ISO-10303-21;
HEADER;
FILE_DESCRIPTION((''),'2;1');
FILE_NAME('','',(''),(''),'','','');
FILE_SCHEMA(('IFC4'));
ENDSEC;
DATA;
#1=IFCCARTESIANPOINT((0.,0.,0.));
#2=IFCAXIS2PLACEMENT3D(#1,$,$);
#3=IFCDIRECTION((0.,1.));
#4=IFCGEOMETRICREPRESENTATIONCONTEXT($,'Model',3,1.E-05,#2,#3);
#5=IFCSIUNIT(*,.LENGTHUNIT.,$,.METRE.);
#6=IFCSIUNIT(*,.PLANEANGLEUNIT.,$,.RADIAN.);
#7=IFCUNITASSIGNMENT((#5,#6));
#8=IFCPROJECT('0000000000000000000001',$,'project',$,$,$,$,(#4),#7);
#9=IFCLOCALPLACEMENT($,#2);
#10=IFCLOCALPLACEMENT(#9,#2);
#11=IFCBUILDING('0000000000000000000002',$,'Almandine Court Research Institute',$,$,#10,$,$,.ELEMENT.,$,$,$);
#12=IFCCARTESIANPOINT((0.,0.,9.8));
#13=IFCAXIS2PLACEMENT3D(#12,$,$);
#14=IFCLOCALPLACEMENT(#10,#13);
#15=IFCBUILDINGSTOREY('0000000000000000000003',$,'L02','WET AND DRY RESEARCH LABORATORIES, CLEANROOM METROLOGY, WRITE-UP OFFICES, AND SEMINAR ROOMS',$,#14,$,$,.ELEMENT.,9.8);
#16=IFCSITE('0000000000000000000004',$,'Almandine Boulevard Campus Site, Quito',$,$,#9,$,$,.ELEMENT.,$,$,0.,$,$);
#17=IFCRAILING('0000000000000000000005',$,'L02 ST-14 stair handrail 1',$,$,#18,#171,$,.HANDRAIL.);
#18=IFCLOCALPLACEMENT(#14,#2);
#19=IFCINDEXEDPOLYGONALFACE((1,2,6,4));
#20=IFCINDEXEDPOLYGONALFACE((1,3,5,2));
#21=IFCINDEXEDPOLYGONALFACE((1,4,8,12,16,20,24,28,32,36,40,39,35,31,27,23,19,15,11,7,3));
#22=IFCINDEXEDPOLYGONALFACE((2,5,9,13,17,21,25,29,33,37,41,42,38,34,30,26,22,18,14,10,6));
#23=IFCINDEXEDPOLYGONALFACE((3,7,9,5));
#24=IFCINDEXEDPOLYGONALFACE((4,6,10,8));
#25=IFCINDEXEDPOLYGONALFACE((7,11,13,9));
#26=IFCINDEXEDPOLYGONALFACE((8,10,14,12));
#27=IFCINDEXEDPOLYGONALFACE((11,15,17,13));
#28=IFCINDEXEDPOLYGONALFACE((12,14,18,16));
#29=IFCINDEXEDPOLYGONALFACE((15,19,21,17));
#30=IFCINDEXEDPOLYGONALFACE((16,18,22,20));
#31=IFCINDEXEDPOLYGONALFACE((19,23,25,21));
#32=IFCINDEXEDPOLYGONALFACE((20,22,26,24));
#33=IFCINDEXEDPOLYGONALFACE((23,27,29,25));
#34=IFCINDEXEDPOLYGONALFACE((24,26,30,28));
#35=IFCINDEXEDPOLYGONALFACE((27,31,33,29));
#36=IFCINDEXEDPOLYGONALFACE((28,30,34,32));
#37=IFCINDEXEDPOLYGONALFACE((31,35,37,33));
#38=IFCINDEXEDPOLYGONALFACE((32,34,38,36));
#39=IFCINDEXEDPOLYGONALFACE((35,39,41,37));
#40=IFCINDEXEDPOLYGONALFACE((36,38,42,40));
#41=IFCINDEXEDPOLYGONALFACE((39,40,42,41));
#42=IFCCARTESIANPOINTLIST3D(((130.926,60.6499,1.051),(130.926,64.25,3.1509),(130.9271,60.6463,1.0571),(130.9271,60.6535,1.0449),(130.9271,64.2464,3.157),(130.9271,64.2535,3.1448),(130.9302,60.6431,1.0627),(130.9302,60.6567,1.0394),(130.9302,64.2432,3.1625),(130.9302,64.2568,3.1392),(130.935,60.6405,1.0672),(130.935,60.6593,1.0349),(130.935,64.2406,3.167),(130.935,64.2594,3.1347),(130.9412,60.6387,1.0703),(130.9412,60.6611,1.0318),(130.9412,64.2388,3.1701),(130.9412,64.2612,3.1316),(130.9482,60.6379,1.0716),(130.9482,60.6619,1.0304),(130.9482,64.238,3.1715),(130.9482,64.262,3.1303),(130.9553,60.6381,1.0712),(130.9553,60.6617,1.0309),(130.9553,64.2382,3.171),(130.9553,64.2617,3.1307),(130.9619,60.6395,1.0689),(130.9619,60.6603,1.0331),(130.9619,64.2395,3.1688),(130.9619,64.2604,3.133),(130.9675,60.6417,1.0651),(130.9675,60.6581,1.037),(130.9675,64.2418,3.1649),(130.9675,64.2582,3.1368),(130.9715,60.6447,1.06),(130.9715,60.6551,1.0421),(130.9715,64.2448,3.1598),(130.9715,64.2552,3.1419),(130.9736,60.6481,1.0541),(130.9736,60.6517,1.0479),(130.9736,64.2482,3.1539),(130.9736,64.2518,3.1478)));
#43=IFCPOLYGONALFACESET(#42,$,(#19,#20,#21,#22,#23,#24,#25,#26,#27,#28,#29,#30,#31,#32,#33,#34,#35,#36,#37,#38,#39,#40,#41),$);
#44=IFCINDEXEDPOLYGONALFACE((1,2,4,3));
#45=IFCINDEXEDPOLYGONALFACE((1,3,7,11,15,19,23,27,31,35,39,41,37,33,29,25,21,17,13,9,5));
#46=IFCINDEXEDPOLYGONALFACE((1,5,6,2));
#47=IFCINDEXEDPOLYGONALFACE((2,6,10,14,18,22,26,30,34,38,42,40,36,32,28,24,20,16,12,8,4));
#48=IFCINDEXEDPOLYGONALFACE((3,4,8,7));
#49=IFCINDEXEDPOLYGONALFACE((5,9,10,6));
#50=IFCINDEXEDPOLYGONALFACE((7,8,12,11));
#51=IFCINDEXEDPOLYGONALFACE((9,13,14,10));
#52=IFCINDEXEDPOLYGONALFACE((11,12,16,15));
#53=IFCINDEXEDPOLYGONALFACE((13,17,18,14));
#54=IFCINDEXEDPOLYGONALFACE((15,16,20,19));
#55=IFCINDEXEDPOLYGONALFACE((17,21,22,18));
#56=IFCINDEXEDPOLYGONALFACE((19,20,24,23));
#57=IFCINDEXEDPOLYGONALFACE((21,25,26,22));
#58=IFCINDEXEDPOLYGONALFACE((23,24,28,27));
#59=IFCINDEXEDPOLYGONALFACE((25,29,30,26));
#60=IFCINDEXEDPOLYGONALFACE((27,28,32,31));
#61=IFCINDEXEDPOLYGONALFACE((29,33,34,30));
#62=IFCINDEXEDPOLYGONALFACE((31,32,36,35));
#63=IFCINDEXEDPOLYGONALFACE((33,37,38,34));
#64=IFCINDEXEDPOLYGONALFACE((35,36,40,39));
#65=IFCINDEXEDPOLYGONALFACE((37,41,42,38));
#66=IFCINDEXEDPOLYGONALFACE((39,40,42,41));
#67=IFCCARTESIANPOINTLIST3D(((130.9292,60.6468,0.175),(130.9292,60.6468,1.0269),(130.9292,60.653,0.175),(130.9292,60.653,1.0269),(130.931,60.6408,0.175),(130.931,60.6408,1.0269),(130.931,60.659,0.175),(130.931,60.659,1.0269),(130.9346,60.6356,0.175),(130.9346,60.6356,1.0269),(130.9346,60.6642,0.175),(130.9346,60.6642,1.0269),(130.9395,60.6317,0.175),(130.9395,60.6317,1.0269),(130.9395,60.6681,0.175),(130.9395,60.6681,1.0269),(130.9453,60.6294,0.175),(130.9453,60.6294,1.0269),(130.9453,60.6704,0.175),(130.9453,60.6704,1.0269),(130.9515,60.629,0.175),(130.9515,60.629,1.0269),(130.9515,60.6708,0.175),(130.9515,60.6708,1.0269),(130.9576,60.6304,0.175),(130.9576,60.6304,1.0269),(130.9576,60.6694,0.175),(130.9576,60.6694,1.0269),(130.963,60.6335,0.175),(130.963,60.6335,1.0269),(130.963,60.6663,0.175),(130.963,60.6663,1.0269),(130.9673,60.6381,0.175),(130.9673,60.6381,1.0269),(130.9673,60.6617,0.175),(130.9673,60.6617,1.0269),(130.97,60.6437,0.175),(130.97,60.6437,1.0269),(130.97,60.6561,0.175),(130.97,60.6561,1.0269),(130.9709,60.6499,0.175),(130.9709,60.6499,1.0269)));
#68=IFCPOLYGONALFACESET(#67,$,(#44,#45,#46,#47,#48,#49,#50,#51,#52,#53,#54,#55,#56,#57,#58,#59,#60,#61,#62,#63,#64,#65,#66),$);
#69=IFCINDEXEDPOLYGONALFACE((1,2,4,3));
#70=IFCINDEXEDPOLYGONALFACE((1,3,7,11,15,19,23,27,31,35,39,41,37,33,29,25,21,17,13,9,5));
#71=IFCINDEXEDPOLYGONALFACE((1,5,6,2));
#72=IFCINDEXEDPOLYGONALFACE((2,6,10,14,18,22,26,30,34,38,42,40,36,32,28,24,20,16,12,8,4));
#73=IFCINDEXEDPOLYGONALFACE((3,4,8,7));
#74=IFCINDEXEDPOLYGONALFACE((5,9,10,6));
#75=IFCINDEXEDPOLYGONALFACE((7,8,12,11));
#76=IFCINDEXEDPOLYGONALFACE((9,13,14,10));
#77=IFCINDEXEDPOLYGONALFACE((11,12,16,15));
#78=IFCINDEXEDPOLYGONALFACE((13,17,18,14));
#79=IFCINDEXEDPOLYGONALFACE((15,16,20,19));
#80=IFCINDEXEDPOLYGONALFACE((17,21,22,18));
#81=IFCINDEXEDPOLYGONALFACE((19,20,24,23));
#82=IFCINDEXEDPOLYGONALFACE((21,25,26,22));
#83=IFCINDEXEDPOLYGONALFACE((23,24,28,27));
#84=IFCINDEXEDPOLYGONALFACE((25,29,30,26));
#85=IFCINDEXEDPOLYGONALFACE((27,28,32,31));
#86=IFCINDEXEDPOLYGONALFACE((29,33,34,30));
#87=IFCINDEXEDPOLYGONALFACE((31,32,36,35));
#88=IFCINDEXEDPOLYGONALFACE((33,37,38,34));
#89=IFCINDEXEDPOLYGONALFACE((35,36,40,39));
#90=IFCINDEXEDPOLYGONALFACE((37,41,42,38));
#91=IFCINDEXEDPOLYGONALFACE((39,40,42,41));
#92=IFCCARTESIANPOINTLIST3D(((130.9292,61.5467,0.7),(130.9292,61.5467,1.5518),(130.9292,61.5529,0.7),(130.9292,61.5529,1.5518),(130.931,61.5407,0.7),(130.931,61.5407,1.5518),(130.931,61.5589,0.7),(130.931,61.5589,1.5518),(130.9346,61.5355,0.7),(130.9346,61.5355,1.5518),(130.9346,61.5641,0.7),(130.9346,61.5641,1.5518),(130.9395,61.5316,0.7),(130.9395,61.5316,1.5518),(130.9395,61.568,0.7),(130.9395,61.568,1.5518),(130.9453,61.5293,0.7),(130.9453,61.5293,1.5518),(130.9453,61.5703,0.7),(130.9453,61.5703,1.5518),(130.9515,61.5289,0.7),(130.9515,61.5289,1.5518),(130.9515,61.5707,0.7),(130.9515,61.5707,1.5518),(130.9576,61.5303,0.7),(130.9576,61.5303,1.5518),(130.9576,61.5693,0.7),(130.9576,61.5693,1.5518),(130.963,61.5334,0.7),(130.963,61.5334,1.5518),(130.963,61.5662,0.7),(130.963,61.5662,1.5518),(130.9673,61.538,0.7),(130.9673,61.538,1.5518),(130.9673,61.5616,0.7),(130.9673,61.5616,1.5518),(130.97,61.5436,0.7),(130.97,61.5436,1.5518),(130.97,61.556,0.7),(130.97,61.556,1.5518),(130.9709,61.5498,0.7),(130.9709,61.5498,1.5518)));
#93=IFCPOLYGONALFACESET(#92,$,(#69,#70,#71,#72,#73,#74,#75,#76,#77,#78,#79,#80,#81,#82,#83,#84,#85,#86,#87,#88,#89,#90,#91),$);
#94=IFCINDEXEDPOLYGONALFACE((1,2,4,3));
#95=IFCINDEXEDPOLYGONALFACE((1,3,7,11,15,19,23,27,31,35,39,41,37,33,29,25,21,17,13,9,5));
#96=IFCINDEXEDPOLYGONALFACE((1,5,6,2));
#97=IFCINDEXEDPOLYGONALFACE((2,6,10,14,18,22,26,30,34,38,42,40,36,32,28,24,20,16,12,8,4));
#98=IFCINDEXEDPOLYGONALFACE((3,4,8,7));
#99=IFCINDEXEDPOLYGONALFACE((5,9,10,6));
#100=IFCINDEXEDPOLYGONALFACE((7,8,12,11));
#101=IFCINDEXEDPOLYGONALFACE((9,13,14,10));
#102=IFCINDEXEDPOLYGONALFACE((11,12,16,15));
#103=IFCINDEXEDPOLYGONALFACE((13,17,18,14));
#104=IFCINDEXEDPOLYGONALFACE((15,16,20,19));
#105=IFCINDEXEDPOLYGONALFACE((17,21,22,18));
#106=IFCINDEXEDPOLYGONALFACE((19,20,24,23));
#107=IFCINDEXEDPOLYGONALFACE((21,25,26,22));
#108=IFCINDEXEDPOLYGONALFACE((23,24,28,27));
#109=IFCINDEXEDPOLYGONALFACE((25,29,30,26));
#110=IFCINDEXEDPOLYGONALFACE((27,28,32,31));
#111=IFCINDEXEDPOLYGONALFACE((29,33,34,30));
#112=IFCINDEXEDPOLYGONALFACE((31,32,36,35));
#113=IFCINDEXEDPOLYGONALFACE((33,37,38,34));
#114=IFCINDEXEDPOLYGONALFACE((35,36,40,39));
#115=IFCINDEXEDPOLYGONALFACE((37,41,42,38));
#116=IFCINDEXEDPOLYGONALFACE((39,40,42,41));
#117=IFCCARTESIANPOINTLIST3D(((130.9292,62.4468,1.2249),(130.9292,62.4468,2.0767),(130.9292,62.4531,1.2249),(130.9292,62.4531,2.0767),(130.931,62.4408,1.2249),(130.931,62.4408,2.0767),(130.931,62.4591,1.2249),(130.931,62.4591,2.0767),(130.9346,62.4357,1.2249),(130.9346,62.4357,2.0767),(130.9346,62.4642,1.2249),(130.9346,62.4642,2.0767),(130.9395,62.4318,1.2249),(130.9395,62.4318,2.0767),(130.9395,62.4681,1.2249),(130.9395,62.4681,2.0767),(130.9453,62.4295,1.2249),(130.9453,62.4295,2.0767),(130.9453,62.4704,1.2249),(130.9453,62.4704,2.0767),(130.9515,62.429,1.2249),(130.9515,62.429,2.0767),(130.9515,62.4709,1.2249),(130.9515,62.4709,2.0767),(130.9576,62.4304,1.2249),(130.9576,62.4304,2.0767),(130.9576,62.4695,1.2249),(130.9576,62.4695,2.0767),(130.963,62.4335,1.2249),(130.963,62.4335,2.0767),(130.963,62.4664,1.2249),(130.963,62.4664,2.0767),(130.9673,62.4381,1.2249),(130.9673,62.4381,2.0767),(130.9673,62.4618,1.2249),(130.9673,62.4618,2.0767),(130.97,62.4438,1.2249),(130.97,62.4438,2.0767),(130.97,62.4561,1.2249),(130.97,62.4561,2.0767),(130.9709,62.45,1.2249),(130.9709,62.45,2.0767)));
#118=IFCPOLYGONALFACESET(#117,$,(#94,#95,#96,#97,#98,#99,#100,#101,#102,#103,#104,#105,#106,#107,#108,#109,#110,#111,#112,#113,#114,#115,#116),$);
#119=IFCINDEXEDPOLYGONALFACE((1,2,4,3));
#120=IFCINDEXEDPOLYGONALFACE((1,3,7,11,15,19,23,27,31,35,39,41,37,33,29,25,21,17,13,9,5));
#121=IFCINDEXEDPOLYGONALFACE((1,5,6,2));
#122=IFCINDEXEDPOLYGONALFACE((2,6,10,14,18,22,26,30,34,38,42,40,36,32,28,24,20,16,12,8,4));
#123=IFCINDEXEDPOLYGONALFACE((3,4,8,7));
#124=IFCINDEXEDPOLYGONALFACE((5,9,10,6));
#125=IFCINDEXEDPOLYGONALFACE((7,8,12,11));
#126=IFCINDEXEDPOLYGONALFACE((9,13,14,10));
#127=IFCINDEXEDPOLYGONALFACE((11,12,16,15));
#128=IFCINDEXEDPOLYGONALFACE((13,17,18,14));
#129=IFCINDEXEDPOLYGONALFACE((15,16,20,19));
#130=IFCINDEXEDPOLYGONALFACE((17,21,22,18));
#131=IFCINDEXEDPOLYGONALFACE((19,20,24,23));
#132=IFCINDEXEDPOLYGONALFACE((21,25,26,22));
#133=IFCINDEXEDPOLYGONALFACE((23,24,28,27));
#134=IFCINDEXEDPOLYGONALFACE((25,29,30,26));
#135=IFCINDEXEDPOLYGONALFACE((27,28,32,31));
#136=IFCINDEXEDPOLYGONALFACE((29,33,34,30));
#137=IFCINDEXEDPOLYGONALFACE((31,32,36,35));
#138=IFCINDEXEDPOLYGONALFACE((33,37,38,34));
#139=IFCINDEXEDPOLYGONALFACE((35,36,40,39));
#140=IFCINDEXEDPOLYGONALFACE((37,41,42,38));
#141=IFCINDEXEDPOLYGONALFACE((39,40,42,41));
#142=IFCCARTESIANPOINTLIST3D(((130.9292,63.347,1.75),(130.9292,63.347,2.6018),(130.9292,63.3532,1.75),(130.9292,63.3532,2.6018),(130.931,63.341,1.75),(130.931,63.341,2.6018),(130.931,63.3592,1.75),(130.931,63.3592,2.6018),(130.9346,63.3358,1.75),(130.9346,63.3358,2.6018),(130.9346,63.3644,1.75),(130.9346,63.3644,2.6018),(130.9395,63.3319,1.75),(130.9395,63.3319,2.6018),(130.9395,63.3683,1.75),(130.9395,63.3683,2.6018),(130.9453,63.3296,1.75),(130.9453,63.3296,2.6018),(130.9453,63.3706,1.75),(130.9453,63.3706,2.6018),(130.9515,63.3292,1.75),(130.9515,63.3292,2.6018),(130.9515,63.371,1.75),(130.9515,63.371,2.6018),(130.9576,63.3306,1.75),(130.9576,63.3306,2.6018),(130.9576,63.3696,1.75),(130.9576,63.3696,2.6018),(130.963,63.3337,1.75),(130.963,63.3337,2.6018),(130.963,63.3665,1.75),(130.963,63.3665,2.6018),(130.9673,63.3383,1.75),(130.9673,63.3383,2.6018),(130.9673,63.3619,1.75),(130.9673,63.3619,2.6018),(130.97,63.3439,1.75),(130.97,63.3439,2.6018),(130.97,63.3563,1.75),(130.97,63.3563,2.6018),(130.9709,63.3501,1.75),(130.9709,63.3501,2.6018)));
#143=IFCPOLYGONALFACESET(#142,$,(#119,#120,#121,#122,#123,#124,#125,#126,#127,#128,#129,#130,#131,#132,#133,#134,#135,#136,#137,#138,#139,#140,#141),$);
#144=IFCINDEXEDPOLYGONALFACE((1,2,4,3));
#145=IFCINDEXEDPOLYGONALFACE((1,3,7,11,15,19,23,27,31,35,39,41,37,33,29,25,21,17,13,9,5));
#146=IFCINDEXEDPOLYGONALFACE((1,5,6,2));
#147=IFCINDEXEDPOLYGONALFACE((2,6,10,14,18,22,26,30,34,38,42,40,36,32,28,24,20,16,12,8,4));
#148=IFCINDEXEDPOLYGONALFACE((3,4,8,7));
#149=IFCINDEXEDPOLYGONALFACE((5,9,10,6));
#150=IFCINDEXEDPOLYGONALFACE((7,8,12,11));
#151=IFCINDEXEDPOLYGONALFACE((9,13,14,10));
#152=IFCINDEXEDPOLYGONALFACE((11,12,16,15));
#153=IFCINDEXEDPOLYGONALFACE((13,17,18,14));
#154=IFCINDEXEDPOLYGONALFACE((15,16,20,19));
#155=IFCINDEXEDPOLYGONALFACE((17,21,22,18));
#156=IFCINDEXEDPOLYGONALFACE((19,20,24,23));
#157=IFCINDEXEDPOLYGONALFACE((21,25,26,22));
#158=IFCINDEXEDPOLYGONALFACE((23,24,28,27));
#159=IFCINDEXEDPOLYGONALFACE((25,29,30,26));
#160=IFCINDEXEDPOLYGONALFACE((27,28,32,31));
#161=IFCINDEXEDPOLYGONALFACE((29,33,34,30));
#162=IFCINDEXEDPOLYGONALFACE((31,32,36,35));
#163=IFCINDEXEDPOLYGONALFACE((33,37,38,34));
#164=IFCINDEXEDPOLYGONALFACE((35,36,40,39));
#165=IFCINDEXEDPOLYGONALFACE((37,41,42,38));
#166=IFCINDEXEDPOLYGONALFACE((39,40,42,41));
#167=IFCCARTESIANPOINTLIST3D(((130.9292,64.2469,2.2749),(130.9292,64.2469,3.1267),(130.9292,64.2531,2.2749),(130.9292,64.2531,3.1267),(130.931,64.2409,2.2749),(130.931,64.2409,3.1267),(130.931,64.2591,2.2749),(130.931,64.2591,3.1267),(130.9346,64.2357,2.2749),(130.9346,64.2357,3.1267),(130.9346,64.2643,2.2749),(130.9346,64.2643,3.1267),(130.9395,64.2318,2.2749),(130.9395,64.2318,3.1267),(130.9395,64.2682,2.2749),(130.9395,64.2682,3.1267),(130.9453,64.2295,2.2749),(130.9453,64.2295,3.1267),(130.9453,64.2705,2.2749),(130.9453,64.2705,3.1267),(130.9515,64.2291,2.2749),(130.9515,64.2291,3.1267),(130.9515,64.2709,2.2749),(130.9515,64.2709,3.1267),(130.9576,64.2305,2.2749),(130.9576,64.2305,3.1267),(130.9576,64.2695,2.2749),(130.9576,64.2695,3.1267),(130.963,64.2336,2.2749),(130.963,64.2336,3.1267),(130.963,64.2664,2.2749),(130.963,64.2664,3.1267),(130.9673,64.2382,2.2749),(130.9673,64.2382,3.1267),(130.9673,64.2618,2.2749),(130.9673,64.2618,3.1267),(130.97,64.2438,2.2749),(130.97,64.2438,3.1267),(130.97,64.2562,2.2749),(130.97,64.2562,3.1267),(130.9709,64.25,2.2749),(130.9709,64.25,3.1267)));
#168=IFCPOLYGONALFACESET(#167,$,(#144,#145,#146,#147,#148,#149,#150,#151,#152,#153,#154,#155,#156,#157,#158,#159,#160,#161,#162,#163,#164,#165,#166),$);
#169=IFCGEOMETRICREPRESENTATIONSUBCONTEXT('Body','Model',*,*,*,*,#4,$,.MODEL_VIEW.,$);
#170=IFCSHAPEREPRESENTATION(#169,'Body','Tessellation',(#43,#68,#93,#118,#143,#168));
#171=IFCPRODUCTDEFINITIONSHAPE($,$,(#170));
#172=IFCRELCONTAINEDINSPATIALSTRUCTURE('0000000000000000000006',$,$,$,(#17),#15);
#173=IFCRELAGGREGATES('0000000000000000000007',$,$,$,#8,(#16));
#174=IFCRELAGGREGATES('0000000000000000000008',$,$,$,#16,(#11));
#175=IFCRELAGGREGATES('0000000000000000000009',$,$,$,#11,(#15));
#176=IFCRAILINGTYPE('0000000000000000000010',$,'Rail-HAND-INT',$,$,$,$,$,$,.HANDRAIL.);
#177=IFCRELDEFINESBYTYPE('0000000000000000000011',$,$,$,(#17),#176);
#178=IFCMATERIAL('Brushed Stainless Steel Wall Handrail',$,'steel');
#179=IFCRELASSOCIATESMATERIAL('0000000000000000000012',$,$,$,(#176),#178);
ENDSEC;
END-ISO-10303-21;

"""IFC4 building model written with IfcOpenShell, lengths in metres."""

from ifc_helpers import new_model, si_unit, direction, frame, origin, origin_2d, place, context, subcontext, project, spatial, circle, extrude, material, type_object, element, save


model = new_model("IFC4")

# Units and contexts
model_context = context("Model", 3, precision=1e-05, world=origin(), true_north=direction((0.0, 1.0)))
body_context = subcontext(model_context, "Body", "Model", "MODEL_VIEW")
ifc_project = project(units=[si_unit("LENGTHUNIT", "METRE"), si_unit("PLANEANGLEUNIT", "RADIAN")], contexts=[model_context])

# Site, building, storey
site_placement = place(None, origin())
site = spatial("IfcSite", under=ifc_project, at=site_placement, Name="Almandine Boulevard Campus Site, Quito", CompositionType="ELEMENT", RefElevation=0.0)
building_placement = place(site_placement, origin())
building = spatial("IfcBuilding", under=site, at=building_placement, Name="Almandine Court Research Institute", CompositionType="ELEMENT")
storey_placement = place(building_placement, frame((0.0, 0.0, 9.8)))
storey = spatial("IfcBuildingStorey", under=building, at=storey_placement, Name="L02", Description="WET AND DRY RESEARCH LABORATORIES, CLEANROOM METROLOGY, WRITE-UP OFFICES, AND SEMINAR ROOMS", CompositionType="ELEMENT", Elevation=9.8)

# Railing
ifc_material_1 = material(Name="Brushed Stainless Steel Wall Handrail", Category="steel")
railing_type_1 = type_object("IfcRailingType", Name="Rail-HAND-INT", PredefinedType="HANDRAIL", material=ifc_material_1)
railing_1_placement = place(storey_placement, frame((130.95, 60.6499, 0.175)))
element("IfcRailing", 1, at=railing_1_placement, inside=storey, type_object=railing_type_1, Name="L02 ST-14 stair handrail 1", PredefinedType="HANDRAIL", context=body_context, shape_type="SweptSolid", body=[
    extrude(circle(Radius=0.0239, at=origin_2d()), frame((0.0, 0.0, 0.876), z_axis=(0.0, 0.8638, 0.503835), x_axis=(-1.0, 0.0, 0.0)), (0.0, 0.0, 1.0), 4.1677),
    extrude(circle(Radius=0.021, at=origin_2d()), origin(), (0.0, 0.0, 1.0), 0.8518),
    extrude(circle(Radius=0.021, at=origin_2d()), frame((0.0, 0.8999, 0.5249)), (0.0, 0.0, 1.0), 0.8518),
    extrude(circle(Radius=0.021, at=origin_2d()), frame((0.0, 1.8, 1.0498)), (0.0, 0.0, 1.0), 0.8518),
    extrude(circle(Radius=0.021, at=origin_2d()), frame((0.0, 2.7002, 1.575)), (0.0, 0.0, 1.0), 0.8518),
    extrude(circle(Radius=0.021, at=origin_2d()), frame((0.0, 3.6001, 2.0999)), (0.0, 0.0, 1.0), 0.8518),
])

save(model, "model.ifc")
